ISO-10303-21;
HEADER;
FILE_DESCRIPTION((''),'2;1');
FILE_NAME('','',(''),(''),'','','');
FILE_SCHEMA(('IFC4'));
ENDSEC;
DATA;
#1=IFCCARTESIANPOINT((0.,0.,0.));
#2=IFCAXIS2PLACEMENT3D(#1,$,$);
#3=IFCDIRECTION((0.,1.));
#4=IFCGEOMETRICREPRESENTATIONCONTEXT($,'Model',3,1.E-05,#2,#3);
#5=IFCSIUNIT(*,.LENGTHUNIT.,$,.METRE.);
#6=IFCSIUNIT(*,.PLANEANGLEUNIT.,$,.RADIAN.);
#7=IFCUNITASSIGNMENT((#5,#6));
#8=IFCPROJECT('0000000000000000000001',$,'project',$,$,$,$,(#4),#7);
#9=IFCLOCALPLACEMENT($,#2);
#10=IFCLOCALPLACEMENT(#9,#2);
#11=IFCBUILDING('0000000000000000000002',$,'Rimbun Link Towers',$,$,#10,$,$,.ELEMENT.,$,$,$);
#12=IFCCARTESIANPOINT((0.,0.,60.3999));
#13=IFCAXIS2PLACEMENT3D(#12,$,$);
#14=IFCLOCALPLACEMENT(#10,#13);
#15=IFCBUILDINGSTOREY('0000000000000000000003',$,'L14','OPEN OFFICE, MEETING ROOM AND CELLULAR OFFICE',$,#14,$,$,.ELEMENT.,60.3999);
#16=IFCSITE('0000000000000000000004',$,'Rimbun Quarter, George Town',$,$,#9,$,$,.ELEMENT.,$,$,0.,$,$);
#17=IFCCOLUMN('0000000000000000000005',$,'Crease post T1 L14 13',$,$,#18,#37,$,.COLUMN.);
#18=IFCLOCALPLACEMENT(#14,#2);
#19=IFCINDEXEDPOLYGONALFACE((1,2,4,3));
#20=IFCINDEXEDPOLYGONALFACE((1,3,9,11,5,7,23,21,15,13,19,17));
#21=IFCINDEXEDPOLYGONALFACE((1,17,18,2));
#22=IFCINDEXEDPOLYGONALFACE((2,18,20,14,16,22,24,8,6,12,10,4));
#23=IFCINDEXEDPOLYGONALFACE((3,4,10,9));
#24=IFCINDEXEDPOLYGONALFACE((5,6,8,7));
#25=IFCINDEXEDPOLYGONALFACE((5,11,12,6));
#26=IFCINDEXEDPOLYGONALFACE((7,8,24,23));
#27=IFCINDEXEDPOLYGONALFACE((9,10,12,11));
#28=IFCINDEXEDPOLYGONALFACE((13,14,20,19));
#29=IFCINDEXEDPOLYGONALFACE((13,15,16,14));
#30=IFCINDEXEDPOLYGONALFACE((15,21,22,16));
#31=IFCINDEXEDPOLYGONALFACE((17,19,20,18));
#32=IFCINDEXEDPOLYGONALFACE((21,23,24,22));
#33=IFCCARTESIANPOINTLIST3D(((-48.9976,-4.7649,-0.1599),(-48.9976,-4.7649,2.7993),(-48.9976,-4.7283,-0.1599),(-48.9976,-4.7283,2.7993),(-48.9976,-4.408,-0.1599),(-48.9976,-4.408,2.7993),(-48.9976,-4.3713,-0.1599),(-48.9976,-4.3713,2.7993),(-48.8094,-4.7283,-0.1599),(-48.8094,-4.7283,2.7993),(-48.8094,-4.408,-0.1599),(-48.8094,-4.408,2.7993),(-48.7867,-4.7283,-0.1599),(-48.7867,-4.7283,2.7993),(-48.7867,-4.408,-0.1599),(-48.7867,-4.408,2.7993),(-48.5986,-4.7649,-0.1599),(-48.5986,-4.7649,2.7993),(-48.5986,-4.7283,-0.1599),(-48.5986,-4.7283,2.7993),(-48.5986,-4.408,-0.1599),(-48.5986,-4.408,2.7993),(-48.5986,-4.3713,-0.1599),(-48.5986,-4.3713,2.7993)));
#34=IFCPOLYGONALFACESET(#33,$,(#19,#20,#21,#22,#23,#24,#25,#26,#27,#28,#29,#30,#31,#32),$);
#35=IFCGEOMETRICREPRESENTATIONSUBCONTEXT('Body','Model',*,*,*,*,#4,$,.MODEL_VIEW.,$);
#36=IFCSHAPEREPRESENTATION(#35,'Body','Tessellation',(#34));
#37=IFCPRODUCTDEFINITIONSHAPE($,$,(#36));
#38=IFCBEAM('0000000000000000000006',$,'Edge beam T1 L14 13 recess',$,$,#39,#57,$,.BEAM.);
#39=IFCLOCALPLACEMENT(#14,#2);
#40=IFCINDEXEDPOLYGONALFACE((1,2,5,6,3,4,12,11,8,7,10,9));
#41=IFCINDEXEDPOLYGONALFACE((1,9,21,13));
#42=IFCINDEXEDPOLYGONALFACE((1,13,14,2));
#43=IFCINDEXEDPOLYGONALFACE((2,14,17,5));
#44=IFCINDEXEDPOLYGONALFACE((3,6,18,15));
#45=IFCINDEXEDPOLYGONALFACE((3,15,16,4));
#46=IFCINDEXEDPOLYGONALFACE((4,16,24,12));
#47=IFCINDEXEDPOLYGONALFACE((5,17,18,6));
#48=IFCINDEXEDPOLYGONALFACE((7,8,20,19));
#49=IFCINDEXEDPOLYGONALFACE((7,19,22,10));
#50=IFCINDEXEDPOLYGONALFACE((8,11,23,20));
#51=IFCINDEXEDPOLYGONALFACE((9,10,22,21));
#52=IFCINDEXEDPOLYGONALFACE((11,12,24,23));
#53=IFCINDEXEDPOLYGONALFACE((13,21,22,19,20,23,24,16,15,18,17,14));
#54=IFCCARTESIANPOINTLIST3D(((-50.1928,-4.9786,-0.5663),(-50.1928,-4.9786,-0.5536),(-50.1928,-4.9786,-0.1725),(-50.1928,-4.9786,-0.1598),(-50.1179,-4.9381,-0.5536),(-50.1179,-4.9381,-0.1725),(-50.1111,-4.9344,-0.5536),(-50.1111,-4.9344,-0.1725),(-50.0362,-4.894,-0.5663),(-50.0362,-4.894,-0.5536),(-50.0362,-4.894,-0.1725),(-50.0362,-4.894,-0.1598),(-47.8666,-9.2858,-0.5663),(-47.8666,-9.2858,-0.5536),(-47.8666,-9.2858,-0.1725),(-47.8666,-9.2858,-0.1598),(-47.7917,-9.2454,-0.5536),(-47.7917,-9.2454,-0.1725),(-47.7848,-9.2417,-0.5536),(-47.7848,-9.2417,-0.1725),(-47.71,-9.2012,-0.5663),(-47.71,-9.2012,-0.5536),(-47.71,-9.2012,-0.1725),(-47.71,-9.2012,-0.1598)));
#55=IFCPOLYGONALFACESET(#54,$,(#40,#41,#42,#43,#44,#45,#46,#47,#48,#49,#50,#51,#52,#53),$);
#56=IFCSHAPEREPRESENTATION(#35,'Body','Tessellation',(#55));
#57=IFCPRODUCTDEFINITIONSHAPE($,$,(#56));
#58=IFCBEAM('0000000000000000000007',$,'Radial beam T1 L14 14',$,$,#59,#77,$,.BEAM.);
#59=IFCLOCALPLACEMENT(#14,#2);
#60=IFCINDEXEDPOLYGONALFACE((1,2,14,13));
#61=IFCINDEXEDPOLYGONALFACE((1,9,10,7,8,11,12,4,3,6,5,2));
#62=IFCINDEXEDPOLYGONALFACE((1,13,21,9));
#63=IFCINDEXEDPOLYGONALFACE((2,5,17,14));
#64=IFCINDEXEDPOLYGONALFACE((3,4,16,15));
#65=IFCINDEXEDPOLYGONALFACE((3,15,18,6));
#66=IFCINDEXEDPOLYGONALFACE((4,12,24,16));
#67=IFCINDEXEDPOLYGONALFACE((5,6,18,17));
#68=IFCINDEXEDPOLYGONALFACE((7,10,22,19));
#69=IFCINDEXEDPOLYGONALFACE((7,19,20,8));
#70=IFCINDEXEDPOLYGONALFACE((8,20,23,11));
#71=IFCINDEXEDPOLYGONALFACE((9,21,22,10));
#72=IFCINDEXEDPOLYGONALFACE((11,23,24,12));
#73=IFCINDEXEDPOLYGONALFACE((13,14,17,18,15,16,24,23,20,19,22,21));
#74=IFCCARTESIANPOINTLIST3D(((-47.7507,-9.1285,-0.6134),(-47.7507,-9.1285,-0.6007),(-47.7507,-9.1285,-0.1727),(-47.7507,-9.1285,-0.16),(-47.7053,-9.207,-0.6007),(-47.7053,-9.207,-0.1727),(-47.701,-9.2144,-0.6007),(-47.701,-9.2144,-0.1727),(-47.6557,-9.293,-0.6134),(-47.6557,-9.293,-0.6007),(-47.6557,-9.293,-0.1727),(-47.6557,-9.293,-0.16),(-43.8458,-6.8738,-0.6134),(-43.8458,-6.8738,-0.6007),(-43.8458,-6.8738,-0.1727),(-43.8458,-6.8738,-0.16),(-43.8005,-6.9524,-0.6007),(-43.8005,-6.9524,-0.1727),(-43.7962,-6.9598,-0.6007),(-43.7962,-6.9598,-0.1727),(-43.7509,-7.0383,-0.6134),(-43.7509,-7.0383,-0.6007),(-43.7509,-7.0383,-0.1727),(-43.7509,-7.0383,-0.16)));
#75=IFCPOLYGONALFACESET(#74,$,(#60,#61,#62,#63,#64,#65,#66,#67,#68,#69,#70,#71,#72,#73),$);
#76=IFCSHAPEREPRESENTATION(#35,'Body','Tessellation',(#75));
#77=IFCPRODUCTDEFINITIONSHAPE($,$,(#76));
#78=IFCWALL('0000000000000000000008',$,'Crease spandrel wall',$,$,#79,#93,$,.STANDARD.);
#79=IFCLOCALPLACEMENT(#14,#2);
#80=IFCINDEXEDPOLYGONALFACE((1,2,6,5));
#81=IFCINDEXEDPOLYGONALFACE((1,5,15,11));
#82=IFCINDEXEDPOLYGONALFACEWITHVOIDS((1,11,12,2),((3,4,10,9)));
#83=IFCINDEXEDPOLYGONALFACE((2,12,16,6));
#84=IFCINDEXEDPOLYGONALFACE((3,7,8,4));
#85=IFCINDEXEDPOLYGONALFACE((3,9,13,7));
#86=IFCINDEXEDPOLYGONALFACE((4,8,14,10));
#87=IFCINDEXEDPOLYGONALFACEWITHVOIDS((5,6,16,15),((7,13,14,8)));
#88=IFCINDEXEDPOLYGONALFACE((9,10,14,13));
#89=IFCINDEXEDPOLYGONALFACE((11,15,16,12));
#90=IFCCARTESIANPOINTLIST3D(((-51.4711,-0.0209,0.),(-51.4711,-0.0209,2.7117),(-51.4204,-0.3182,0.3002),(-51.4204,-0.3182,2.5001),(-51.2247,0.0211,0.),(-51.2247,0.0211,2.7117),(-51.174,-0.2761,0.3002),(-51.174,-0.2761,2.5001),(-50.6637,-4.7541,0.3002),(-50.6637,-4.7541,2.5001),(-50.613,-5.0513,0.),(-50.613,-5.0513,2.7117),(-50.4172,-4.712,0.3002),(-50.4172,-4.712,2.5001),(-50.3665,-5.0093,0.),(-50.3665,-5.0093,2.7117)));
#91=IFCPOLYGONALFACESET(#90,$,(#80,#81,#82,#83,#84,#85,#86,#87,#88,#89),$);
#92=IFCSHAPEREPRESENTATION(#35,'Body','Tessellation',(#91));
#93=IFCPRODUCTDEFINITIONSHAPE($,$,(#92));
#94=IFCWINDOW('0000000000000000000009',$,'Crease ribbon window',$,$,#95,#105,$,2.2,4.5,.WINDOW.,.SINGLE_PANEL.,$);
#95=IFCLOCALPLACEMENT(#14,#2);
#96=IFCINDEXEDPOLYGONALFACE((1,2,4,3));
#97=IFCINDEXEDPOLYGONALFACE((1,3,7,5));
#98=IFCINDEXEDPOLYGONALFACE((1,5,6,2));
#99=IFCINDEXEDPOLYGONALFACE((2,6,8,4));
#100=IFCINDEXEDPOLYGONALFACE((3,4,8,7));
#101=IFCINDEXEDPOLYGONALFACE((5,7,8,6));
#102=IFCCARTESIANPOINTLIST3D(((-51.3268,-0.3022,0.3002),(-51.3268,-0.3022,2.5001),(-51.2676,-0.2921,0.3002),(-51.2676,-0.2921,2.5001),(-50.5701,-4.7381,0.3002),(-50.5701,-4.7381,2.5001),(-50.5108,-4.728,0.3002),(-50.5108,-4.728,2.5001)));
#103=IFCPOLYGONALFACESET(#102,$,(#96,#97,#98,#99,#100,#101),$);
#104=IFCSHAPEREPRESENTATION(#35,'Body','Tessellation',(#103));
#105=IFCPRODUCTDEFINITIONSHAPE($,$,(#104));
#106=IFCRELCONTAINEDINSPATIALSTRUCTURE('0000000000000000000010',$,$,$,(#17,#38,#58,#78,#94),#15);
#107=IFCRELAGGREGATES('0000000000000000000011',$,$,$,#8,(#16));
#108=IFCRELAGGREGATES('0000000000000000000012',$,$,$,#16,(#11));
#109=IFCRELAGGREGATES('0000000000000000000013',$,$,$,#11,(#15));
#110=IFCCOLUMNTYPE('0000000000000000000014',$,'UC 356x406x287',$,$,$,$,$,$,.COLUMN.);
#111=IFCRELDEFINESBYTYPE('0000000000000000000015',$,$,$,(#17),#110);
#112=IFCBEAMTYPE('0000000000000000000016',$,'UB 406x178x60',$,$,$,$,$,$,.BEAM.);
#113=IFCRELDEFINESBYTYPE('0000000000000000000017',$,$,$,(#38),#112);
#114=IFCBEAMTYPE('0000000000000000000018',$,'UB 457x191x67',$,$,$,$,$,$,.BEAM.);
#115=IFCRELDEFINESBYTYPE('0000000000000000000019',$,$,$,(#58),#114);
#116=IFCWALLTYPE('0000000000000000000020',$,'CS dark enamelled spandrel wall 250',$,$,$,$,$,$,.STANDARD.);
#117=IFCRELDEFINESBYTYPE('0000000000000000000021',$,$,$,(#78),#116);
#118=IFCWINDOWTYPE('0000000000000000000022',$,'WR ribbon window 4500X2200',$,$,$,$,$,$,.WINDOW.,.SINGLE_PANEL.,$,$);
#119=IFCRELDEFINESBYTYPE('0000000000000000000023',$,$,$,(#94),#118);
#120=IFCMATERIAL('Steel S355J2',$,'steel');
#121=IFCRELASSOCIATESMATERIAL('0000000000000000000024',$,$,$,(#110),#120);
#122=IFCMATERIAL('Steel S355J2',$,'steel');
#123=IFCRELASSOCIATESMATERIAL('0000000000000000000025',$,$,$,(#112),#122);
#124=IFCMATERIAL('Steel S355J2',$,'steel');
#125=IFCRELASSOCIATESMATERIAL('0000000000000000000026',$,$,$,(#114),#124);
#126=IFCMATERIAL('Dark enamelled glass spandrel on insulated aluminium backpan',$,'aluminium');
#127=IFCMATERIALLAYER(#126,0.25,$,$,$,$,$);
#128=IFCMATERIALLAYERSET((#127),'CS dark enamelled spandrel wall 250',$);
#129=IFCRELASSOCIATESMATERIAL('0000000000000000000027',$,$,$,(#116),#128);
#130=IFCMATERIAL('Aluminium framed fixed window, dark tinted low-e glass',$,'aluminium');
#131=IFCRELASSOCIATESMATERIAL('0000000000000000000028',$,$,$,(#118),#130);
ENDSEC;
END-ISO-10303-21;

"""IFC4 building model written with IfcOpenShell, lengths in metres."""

from ifc_helpers import new_model, si_unit, direction, frame, frame_2d, origin, origin_2d, place, context, subcontext, project, spatial, rectangle, i_section, extrude, material, layer, layer_set, material_profile, profile_set, type_object, element, fill, save


model = new_model("IFC4")

# Units and contexts
model_context = context("Model", 3, precision=1e-05, world=origin(), true_north=direction((0.0, 1.0)))
body_context = subcontext(model_context, "Body", "Model", "MODEL_VIEW")
ifc_project = project(units=[si_unit("LENGTHUNIT", "METRE"), si_unit("PLANEANGLEUNIT", "RADIAN")], contexts=[model_context])

# Site, building, storey
site_placement = place(None, origin())
site = spatial("IfcSite", under=ifc_project, at=site_placement, Name="Rimbun Quarter, George Town", CompositionType="ELEMENT", RefElevation=0.0)
building_placement = place(site_placement, origin())
building = spatial("IfcBuilding", under=site, at=building_placement, Name="Rimbun Link Towers", CompositionType="ELEMENT")
storey_placement = place(building_placement, frame((0.0, 0.0, 60.3999)))
storey = spatial("IfcBuildingStorey", under=building, at=storey_placement, Name="L14", Description="OPEN OFFICE, MEETING ROOM AND CELLULAR OFFICE", CompositionType="ELEMENT", Elevation=60.3999)

# Column
ifc_material_1 = material(Name="Steel S355J2", Category="steel")
ifc_material_profile_1 = material_profile(ifc_material_1, i_section(OverallWidth=0.3989, OverallDepth=0.3936, WebThickness=0.0227, FlangeThickness=0.0366, at=origin_2d()), Name="UC 356x406x287")
ifc_profile_set_1 = profile_set([ifc_material_profile_1], Name="Steel S355J2")
column_type = type_object("IfcColumnType", Name="UC 356x406x287", PredefinedType="COLUMN", material=ifc_profile_set_1)
column_placement = place(storey_placement, frame((-48.7981, -4.5681, -0.1599), z_axis=(0.0, 0.0, 1.0), x_axis=(1.0, 0.0, 0.0)))
element("IfcColumn", 1, at=column_placement, inside=storey, type_object=column_type, Name="Crease post T1 L14 13", PredefinedType="COLUMN", context=body_context, shape_type="SweptSolid", body=[
    extrude(i_section(OverallWidth=0.3989, OverallDepth=0.3936, WebThickness=0.0227, FlangeThickness=0.0366, at=origin_2d()), origin(), (0.0, 0.0, 1.0), 2.9592),
])

# Beams
ifc_material_2 = material(Name="Steel S355J2", Category="steel")
ifc_material_profile_2 = material_profile(ifc_material_2, i_section(OverallWidth=0.178, OverallDepth=0.4065, WebThickness=0.0078, FlangeThickness=0.0127, at=origin_2d()), Name="UB 406x178x60")
ifc_profile_set_2 = profile_set([ifc_material_profile_2], Name="Steel S355J2")
beam_type_1 = type_object("IfcBeamType", Name="UB 406x178x60", PredefinedType="BEAM", material=ifc_profile_set_2)
beam_1_placement = place(storey_placement, frame((-50.1145, -4.9363, -0.363), z_axis=(0.4752, -0.879878, 0.0), x_axis=(0.879878, 0.4752, 0.0)))
element("IfcBeam", 2, at=beam_1_placement, inside=storey, type_object=beam_type_1, Name="Edge beam T1 L14 13 recess", PredefinedType="BEAM", context=body_context, shape_type="SweptSolid", body=[
    extrude(i_section(OverallWidth=0.178, OverallDepth=0.4065, WebThickness=0.0078, FlangeThickness=0.0127, at=origin_2d()), origin(), (0.0, 0.0, 1.0), 4.8953),
])
ifc_material_3 = material(Name="Steel S355J2", Category="steel")
ifc_material_profile_3 = material_profile(ifc_material_3, i_section(OverallWidth=0.1899, OverallDepth=0.4534, WebThickness=0.0085, FlangeThickness=0.0127, at=origin_2d()), Name="UB 457x191x67")
ifc_profile_set_3 = profile_set([ifc_material_profile_3], Name="Steel S355J2")
beam_type_2 = type_object("IfcBeamType", Name="UB 457x191x67", PredefinedType="BEAM", material=ifc_profile_set_3)
beam_2_placement = place(storey_placement, frame((-43.7983, -6.9561, -0.3867), z_axis=(-0.866005, -0.500035, 0.0), x_axis=(0.500035, -0.866005, 0.0)))
element("IfcBeam", 3, at=beam_2_placement, inside=storey, type_object=beam_type_2, Name="Radial beam T1 L14 14", PredefinedType="BEAM", context=body_context, shape_type="SweptSolid", body=[
    extrude(i_section(OverallWidth=0.1899, OverallDepth=0.4534, WebThickness=0.0085, FlangeThickness=0.0127, at=origin_2d()), origin(), (0.0, 0.0, 1.0), 4.509),
])

# Wall, opening, window
ifc_material_4 = material(Name="Dark enamelled glass spandrel on insulated aluminium backpan", Category="aluminium")
ifc_layer_1 = layer(ifc_material_4, 0.25)
ifc_layer_set_1 = layer_set([ifc_layer_1], Name="CS dark enamelled spandrel wall 250")
wall_type_1 = type_object("IfcWallType", Name="CS dark enamelled spandrel wall 250", PredefinedType="STANDARD", material=ifc_layer_set_1)
wall_1_placement = place(storey_placement, frame((-50.4897, -5.0303, 0.0), z_axis=(0.0, 0.0, 1.0), x_axis=(-0.168168, 0.985758, 0.0)))
wall_1 = element("IfcWall", 4, at=wall_1_placement, inside=storey, type_object=wall_type_1, Name="Crease spandrel wall", PredefinedType="STANDARD", context=body_context, shape_type="SweptSolid", body=[
    extrude(rectangle(XDim=5.103, YDim=0.25, at=frame_2d((2.5515, 0.0))), origin(), (0.0, 0.0, 1.0), 2.7117),
])
opening_1_placement = place(wall_1_placement, frame((0.3015, 0.0, 0.3)))
opening_1 = element("IfcOpeningElement", 5, at=opening_1_placement, cuts=wall_1, PredefinedType="OPENING", context=body_context, shape_type="SweptSolid", body=[
    extrude(rectangle(XDim=4.5, YDim=2.2, at=frame_2d((2.25, 1.1001))), frame((0.0, 0.135, 0.0), z_axis=(0.0, -1.0, 0.0), x_axis=(1.0, 0.0, 0.0)), (0.0, 0.0, 1.0), 0.27),
])
ifc_material_5 = material(Name="Aluminium framed fixed window, dark tinted low-e glass", Category="aluminium")
window_type = type_object("IfcWindowType", Name="WR ribbon window 4500X2200", PartitioningType="SINGLE_PANEL", PredefinedType="WINDOW", material=ifc_material_5)
window_placement = place(opening_1_placement, origin())
window = element("IfcWindow", 6, at=window_placement, inside=storey, type_object=window_type, Name="Crease ribbon window", OverallHeight=2.2, OverallWidth=4.5, PartitioningType="SINGLE_PANEL", PredefinedType="WINDOW", context=body_context, shape_type="SweptSolid", body=[
    extrude(rectangle(XDim=4.5, YDim=2.2, at=frame_2d((2.25, 1.1001))), frame((0.0, 0.03, 0.0), z_axis=(0.0, -1.0, 0.0), x_axis=(1.0, 0.0, 0.0)), (0.0, 0.0, 1.0), 0.0601),
])
fill(opening_1, window)

save(model, "model.ifc")
